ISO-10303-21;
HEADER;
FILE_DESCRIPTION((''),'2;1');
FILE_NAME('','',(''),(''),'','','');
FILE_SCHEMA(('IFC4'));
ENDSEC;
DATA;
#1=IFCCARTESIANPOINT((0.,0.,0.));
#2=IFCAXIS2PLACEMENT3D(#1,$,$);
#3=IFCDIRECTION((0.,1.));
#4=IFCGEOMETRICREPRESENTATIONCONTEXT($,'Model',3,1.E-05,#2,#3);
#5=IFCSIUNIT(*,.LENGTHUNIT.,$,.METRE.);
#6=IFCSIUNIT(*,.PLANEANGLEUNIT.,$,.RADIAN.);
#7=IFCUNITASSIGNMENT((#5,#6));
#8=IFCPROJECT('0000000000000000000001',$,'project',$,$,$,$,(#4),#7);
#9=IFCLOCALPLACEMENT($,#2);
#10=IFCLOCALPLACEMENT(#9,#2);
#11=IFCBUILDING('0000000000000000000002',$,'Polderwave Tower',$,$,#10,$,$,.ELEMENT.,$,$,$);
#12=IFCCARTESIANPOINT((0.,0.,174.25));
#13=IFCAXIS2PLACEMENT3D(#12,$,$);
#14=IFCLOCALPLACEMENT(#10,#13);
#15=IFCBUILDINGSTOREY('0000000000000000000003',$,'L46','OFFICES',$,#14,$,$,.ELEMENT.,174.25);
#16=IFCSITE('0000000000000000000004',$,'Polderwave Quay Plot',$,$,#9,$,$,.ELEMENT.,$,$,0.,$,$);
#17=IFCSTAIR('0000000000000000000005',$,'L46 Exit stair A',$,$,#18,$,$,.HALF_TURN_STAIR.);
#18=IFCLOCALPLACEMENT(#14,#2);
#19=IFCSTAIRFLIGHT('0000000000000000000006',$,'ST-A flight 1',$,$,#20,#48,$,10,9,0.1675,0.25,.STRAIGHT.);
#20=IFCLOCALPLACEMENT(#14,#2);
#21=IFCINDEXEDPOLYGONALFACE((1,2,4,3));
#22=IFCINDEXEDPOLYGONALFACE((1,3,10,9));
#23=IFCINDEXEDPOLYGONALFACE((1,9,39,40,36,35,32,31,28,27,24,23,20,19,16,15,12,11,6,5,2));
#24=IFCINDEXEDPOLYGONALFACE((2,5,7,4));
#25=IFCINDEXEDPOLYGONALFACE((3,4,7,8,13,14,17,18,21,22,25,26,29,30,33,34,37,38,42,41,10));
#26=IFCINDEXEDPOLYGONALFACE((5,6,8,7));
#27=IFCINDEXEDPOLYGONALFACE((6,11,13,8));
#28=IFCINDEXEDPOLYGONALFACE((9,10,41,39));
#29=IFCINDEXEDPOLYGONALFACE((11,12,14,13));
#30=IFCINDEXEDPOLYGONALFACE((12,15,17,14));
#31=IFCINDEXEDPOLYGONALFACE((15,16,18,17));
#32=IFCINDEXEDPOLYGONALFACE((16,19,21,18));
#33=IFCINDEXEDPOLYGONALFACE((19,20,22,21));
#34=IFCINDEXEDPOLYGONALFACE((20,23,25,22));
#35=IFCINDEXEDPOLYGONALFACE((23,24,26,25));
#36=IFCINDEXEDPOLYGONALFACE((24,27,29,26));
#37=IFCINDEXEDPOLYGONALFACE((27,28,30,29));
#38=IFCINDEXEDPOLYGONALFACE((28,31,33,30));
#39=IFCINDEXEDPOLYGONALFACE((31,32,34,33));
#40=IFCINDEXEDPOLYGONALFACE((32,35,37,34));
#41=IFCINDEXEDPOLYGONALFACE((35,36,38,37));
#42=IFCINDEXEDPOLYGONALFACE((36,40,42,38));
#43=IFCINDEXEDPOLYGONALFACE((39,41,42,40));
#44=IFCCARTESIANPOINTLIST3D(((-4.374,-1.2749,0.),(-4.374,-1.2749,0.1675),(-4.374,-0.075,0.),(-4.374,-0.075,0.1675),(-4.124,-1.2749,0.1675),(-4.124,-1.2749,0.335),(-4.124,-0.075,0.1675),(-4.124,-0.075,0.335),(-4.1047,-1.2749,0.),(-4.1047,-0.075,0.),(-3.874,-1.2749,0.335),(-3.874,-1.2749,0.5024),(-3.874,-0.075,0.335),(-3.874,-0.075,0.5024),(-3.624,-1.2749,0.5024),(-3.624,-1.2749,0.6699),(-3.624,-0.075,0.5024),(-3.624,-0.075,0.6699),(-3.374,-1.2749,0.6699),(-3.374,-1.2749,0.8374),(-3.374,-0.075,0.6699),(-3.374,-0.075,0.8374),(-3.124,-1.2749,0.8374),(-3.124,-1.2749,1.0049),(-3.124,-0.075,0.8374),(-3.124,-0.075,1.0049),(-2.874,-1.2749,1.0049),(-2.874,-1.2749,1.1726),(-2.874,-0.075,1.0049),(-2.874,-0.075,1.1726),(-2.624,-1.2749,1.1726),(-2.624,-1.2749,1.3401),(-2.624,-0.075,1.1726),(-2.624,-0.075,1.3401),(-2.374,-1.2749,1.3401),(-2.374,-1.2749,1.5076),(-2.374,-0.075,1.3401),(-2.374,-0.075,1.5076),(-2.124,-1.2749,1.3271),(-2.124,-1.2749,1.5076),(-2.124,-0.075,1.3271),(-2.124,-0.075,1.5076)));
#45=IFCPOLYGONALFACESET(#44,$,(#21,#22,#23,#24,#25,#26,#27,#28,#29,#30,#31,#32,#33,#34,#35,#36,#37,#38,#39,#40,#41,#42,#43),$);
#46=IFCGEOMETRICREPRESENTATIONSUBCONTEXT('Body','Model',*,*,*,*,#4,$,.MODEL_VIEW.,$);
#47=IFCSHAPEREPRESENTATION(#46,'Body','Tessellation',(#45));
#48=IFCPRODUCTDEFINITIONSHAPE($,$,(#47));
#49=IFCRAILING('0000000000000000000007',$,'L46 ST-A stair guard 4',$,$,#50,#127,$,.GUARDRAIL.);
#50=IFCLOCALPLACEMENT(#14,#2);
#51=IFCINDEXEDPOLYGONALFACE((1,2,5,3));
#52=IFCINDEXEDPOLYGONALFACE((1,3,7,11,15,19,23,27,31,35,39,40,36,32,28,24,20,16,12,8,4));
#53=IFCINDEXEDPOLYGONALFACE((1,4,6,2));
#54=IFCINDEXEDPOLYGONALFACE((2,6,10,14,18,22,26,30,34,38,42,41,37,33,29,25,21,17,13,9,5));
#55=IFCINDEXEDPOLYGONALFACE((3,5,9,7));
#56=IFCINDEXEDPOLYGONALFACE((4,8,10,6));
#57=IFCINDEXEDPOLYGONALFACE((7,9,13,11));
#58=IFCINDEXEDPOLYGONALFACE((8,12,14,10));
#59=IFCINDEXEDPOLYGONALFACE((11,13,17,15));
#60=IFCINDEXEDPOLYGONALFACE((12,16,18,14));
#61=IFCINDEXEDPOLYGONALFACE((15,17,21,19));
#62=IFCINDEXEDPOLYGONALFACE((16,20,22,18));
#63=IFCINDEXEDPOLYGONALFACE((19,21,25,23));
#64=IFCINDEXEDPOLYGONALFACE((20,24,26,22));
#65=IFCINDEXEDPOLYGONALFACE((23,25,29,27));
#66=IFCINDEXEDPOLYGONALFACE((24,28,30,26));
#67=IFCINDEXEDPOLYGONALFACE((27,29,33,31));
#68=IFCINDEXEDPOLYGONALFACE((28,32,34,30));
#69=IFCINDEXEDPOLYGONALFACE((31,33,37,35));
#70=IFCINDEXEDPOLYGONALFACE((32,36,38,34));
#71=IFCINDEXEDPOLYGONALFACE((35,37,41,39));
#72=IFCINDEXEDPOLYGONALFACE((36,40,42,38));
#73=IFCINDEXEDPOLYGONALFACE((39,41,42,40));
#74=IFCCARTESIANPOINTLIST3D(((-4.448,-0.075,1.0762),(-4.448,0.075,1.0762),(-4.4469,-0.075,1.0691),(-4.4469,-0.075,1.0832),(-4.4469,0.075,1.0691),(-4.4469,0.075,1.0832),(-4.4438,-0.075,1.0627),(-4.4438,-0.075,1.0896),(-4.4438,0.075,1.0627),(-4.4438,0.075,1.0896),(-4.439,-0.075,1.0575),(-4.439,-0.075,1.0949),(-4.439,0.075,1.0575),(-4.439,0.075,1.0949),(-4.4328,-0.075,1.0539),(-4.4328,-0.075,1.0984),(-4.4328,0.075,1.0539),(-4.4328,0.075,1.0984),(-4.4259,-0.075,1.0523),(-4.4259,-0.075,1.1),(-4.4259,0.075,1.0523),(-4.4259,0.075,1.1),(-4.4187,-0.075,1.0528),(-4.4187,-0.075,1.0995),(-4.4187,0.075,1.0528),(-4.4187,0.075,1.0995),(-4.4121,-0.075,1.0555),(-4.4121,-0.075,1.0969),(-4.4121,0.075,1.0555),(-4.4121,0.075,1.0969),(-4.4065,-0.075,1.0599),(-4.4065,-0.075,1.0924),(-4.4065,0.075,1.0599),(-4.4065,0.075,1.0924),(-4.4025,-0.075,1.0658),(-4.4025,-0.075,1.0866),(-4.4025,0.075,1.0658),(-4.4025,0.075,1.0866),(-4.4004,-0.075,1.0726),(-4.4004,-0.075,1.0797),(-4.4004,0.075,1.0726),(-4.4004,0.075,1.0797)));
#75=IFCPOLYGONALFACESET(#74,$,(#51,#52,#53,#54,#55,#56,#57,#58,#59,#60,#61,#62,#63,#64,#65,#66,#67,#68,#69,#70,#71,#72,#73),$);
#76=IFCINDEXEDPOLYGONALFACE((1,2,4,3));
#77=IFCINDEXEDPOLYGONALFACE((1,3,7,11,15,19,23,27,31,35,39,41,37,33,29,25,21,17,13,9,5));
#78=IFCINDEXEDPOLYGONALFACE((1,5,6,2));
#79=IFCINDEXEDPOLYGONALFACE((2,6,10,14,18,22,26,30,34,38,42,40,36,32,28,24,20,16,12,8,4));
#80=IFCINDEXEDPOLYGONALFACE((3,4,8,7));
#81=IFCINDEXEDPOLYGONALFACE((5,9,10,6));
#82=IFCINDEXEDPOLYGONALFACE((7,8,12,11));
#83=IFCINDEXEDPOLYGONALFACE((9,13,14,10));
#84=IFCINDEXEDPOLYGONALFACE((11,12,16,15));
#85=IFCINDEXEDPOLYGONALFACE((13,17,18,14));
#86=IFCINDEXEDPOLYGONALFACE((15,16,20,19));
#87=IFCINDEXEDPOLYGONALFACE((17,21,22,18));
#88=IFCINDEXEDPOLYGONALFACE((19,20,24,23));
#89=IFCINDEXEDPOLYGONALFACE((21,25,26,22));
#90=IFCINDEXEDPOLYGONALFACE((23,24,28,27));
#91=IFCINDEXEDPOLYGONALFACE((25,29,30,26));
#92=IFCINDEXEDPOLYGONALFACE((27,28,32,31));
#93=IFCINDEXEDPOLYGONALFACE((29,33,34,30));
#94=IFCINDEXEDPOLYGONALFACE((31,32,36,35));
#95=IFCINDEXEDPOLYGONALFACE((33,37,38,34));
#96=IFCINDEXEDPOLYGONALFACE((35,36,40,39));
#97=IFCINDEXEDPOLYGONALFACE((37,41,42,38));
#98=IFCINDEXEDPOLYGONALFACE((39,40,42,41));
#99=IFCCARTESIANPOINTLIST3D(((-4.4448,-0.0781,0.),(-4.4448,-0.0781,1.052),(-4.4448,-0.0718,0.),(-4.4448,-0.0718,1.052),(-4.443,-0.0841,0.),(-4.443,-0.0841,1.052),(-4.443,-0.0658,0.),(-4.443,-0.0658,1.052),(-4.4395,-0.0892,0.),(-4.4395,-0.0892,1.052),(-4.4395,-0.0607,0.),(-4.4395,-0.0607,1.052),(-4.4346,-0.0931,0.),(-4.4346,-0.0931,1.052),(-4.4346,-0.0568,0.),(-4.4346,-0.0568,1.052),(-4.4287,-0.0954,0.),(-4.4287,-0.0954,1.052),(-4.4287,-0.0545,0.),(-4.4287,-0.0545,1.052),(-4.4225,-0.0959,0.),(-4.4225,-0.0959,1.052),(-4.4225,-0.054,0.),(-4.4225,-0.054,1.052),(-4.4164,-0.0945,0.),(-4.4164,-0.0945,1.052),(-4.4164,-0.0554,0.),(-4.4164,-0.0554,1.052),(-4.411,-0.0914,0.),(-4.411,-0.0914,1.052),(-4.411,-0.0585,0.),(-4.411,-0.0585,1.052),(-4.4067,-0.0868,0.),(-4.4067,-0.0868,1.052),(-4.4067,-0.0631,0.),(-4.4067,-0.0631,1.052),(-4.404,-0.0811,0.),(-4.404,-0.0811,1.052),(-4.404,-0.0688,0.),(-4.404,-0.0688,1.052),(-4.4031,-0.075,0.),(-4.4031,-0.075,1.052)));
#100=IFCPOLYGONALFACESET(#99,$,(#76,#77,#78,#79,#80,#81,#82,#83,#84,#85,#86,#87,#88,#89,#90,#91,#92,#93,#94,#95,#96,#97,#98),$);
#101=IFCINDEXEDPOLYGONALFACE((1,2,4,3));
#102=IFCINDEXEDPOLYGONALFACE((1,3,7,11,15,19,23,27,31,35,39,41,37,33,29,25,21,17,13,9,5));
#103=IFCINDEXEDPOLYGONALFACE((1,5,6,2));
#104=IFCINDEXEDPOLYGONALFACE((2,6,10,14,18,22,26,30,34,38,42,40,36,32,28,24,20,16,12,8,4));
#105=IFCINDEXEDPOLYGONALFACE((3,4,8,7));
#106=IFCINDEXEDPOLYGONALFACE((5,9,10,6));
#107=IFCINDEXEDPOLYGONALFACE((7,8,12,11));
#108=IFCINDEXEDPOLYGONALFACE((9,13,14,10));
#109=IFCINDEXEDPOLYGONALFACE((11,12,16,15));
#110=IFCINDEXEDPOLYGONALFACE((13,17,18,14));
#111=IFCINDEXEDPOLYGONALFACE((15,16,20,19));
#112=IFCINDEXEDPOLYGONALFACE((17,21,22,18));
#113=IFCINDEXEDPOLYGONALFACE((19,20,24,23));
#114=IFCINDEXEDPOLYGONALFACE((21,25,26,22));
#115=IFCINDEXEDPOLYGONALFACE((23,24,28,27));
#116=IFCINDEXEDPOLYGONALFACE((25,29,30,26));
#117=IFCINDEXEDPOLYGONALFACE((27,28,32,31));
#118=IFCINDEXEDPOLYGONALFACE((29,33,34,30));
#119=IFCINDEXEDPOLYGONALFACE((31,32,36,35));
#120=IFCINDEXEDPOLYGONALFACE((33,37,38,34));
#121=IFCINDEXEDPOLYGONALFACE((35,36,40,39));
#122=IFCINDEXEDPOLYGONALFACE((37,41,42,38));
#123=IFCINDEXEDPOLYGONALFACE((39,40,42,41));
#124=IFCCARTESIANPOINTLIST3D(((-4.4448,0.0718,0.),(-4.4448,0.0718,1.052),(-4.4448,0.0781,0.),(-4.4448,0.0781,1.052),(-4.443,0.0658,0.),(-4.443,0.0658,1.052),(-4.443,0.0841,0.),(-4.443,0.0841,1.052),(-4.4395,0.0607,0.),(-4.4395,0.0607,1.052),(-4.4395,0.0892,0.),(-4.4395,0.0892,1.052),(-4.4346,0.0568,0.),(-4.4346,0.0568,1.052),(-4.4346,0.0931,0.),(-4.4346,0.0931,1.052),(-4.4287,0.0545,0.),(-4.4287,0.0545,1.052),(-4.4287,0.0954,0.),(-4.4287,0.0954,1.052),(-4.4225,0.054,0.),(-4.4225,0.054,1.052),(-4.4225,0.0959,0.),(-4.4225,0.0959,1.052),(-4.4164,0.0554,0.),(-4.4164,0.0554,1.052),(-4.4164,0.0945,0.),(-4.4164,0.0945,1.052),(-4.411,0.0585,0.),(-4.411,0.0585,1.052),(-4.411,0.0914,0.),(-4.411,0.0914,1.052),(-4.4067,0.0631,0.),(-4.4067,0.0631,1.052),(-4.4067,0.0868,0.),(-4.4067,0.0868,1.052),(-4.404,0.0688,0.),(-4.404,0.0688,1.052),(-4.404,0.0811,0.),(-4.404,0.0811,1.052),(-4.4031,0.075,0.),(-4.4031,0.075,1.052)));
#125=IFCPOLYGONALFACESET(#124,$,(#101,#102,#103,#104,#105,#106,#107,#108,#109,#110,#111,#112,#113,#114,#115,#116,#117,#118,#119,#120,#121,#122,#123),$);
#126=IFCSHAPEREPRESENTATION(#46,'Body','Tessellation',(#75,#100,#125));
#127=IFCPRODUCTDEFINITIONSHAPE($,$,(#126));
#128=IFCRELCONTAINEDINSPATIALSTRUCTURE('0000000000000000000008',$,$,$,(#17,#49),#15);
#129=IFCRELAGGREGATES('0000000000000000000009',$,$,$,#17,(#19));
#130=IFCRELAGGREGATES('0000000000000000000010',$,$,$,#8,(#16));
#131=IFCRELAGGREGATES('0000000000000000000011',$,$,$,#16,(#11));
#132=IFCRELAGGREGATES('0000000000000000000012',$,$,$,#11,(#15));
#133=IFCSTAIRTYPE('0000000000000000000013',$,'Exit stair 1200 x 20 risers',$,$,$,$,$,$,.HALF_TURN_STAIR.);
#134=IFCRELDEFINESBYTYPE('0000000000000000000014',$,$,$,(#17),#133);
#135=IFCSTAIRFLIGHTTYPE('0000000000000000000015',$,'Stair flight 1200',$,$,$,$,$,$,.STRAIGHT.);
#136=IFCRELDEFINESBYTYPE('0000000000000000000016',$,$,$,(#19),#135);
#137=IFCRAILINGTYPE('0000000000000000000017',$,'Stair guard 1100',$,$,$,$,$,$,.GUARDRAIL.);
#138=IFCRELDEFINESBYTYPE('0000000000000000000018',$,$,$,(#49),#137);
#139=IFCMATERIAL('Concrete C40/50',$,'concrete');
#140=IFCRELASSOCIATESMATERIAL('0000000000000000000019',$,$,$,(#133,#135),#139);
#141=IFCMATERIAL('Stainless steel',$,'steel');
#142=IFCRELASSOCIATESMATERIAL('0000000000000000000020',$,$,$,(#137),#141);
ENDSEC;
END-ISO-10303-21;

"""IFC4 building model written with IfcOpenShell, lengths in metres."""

from ifc_helpers import new_model, si_unit, direction, frame, origin, origin_2d, place, context, subcontext, project, spatial, polyline, circle, outline, extrude, material, type_object, element, aggregate, save


model = new_model("IFC4")

# Units and contexts
model_context = context("Model", 3, precision=1e-05, world=origin(), true_north=direction((0.0, 1.0)))
body_context = subcontext(model_context, "Body", "Model", "MODEL_VIEW")
ifc_project = project(units=[si_unit("LENGTHUNIT", "METRE"), si_unit("PLANEANGLEUNIT", "RADIAN")], contexts=[model_context])

# Site, building, storey
site_placement = place(None, origin())
site = spatial("IfcSite", under=ifc_project, at=site_placement, Name="Polderwave Quay Plot", CompositionType="ELEMENT", RefElevation=0.0)
building_placement = place(site_placement, origin())
building = spatial("IfcBuilding", under=site, at=building_placement, Name="Polderwave Tower", CompositionType="ELEMENT")
storey_placement = place(building_placement, frame((0.0, 0.0, 174.25)))
storey = spatial("IfcBuildingStorey", under=building, at=storey_placement, Name="L46", Description="OFFICES", CompositionType="ELEMENT", Elevation=174.25)

# Shared definitions
ifc_material_1 = material(Name="Stainless steel", Category="steel")

# Stair, stair flight
ifc_material_2 = material(Name="Concrete C40/50", Category="concrete")
stair_type = type_object("IfcStairType", Name="Exit stair 1200 x 20 risers", PredefinedType="HALF_TURN_STAIR", material=ifc_material_2)
stair_placement = place(storey_placement, origin())
stair = element("IfcStair", 1, at=stair_placement, inside=storey, type_object=stair_type, Name="L46 Exit stair A", PredefinedType="HALF_TURN_STAIR")
stair_flight_type = type_object("IfcStairFlightType", Name="Stair flight 1200", PredefinedType="STRAIGHT", material=ifc_material_2)
stair_flight_placement = place(storey_placement, frame((-4.374, -0.675, 0.0), z_axis=(0.0, 0.0, 1.0), x_axis=(1.0, 0.0, 0.0)))
stair_flight = element("IfcStairFlight", 2, at=stair_flight_placement, type_object=stair_flight_type, Name="ST-A flight 1", NumberOfRisers=10, NumberOfTreads=9, PredefinedType="STRAIGHT", RiserHeight=0.1675, TreadLength=0.25, context=body_context, shape_type="SweptSolid", body=[
    extrude(outline(polyline([(0.0, 0.0), (0.0, 0.1675), (0.25, 0.1675), (0.25, 0.335), (0.5, 0.335), (0.5, 0.5024), (0.75, 0.5024), (0.75, 0.6699), (1.0, 0.6699), (1.0, 0.8374), (1.25, 0.8374), (1.25, 1.0049), (1.5, 1.0049), (1.5, 1.1726), (1.75, 1.1726), (1.75, 1.3401), (2.0, 1.3401), (2.0, 1.5076), (2.25, 1.5076), (2.25, 1.675), (2.25, 1.3271), (0.2693, 0.0), (0.0, 0.0)])), frame((0.0, 0.6001, 0.0), z_axis=(0.0, -1.0, 0.0), x_axis=(1.0, 0.0, 0.0)), (0.0, 0.0, 1.0), 1.2),
])
aggregate(stair, [stair_flight])

# Railing
railing_type_1 = type_object("IfcRailingType", Name="Stair guard 1100", PredefinedType="GUARDRAIL", material=ifc_material_1)
railing_1_placement = place(storey_placement, frame((-4.4241, -0.075, 0.0)))
element("IfcRailing", 3, at=railing_1_placement, inside=storey, type_object=railing_type_1, Name="L46 ST-A stair guard 4", PredefinedType="GUARDRAIL", context=body_context, shape_type="SweptSolid", body=[
    extrude(circle(Radius=0.0239, at=origin_2d()), frame((0.0, 0.0, 1.0762), z_axis=(0.0, 1.0, 0.0), x_axis=(-1.0, 0.0, 0.0)), (0.0, 0.0, 1.0), 0.1499),
    extrude(circle(Radius=0.021, at=origin_2d()), origin(), (0.0, 0.0, 1.0), 1.052),
    extrude(circle(Radius=0.021, at=origin_2d()), frame((0.0, 0.1499, 0.0)), (0.0, 0.0, 1.0), 1.052),
])

save(model, "model.ifc")
